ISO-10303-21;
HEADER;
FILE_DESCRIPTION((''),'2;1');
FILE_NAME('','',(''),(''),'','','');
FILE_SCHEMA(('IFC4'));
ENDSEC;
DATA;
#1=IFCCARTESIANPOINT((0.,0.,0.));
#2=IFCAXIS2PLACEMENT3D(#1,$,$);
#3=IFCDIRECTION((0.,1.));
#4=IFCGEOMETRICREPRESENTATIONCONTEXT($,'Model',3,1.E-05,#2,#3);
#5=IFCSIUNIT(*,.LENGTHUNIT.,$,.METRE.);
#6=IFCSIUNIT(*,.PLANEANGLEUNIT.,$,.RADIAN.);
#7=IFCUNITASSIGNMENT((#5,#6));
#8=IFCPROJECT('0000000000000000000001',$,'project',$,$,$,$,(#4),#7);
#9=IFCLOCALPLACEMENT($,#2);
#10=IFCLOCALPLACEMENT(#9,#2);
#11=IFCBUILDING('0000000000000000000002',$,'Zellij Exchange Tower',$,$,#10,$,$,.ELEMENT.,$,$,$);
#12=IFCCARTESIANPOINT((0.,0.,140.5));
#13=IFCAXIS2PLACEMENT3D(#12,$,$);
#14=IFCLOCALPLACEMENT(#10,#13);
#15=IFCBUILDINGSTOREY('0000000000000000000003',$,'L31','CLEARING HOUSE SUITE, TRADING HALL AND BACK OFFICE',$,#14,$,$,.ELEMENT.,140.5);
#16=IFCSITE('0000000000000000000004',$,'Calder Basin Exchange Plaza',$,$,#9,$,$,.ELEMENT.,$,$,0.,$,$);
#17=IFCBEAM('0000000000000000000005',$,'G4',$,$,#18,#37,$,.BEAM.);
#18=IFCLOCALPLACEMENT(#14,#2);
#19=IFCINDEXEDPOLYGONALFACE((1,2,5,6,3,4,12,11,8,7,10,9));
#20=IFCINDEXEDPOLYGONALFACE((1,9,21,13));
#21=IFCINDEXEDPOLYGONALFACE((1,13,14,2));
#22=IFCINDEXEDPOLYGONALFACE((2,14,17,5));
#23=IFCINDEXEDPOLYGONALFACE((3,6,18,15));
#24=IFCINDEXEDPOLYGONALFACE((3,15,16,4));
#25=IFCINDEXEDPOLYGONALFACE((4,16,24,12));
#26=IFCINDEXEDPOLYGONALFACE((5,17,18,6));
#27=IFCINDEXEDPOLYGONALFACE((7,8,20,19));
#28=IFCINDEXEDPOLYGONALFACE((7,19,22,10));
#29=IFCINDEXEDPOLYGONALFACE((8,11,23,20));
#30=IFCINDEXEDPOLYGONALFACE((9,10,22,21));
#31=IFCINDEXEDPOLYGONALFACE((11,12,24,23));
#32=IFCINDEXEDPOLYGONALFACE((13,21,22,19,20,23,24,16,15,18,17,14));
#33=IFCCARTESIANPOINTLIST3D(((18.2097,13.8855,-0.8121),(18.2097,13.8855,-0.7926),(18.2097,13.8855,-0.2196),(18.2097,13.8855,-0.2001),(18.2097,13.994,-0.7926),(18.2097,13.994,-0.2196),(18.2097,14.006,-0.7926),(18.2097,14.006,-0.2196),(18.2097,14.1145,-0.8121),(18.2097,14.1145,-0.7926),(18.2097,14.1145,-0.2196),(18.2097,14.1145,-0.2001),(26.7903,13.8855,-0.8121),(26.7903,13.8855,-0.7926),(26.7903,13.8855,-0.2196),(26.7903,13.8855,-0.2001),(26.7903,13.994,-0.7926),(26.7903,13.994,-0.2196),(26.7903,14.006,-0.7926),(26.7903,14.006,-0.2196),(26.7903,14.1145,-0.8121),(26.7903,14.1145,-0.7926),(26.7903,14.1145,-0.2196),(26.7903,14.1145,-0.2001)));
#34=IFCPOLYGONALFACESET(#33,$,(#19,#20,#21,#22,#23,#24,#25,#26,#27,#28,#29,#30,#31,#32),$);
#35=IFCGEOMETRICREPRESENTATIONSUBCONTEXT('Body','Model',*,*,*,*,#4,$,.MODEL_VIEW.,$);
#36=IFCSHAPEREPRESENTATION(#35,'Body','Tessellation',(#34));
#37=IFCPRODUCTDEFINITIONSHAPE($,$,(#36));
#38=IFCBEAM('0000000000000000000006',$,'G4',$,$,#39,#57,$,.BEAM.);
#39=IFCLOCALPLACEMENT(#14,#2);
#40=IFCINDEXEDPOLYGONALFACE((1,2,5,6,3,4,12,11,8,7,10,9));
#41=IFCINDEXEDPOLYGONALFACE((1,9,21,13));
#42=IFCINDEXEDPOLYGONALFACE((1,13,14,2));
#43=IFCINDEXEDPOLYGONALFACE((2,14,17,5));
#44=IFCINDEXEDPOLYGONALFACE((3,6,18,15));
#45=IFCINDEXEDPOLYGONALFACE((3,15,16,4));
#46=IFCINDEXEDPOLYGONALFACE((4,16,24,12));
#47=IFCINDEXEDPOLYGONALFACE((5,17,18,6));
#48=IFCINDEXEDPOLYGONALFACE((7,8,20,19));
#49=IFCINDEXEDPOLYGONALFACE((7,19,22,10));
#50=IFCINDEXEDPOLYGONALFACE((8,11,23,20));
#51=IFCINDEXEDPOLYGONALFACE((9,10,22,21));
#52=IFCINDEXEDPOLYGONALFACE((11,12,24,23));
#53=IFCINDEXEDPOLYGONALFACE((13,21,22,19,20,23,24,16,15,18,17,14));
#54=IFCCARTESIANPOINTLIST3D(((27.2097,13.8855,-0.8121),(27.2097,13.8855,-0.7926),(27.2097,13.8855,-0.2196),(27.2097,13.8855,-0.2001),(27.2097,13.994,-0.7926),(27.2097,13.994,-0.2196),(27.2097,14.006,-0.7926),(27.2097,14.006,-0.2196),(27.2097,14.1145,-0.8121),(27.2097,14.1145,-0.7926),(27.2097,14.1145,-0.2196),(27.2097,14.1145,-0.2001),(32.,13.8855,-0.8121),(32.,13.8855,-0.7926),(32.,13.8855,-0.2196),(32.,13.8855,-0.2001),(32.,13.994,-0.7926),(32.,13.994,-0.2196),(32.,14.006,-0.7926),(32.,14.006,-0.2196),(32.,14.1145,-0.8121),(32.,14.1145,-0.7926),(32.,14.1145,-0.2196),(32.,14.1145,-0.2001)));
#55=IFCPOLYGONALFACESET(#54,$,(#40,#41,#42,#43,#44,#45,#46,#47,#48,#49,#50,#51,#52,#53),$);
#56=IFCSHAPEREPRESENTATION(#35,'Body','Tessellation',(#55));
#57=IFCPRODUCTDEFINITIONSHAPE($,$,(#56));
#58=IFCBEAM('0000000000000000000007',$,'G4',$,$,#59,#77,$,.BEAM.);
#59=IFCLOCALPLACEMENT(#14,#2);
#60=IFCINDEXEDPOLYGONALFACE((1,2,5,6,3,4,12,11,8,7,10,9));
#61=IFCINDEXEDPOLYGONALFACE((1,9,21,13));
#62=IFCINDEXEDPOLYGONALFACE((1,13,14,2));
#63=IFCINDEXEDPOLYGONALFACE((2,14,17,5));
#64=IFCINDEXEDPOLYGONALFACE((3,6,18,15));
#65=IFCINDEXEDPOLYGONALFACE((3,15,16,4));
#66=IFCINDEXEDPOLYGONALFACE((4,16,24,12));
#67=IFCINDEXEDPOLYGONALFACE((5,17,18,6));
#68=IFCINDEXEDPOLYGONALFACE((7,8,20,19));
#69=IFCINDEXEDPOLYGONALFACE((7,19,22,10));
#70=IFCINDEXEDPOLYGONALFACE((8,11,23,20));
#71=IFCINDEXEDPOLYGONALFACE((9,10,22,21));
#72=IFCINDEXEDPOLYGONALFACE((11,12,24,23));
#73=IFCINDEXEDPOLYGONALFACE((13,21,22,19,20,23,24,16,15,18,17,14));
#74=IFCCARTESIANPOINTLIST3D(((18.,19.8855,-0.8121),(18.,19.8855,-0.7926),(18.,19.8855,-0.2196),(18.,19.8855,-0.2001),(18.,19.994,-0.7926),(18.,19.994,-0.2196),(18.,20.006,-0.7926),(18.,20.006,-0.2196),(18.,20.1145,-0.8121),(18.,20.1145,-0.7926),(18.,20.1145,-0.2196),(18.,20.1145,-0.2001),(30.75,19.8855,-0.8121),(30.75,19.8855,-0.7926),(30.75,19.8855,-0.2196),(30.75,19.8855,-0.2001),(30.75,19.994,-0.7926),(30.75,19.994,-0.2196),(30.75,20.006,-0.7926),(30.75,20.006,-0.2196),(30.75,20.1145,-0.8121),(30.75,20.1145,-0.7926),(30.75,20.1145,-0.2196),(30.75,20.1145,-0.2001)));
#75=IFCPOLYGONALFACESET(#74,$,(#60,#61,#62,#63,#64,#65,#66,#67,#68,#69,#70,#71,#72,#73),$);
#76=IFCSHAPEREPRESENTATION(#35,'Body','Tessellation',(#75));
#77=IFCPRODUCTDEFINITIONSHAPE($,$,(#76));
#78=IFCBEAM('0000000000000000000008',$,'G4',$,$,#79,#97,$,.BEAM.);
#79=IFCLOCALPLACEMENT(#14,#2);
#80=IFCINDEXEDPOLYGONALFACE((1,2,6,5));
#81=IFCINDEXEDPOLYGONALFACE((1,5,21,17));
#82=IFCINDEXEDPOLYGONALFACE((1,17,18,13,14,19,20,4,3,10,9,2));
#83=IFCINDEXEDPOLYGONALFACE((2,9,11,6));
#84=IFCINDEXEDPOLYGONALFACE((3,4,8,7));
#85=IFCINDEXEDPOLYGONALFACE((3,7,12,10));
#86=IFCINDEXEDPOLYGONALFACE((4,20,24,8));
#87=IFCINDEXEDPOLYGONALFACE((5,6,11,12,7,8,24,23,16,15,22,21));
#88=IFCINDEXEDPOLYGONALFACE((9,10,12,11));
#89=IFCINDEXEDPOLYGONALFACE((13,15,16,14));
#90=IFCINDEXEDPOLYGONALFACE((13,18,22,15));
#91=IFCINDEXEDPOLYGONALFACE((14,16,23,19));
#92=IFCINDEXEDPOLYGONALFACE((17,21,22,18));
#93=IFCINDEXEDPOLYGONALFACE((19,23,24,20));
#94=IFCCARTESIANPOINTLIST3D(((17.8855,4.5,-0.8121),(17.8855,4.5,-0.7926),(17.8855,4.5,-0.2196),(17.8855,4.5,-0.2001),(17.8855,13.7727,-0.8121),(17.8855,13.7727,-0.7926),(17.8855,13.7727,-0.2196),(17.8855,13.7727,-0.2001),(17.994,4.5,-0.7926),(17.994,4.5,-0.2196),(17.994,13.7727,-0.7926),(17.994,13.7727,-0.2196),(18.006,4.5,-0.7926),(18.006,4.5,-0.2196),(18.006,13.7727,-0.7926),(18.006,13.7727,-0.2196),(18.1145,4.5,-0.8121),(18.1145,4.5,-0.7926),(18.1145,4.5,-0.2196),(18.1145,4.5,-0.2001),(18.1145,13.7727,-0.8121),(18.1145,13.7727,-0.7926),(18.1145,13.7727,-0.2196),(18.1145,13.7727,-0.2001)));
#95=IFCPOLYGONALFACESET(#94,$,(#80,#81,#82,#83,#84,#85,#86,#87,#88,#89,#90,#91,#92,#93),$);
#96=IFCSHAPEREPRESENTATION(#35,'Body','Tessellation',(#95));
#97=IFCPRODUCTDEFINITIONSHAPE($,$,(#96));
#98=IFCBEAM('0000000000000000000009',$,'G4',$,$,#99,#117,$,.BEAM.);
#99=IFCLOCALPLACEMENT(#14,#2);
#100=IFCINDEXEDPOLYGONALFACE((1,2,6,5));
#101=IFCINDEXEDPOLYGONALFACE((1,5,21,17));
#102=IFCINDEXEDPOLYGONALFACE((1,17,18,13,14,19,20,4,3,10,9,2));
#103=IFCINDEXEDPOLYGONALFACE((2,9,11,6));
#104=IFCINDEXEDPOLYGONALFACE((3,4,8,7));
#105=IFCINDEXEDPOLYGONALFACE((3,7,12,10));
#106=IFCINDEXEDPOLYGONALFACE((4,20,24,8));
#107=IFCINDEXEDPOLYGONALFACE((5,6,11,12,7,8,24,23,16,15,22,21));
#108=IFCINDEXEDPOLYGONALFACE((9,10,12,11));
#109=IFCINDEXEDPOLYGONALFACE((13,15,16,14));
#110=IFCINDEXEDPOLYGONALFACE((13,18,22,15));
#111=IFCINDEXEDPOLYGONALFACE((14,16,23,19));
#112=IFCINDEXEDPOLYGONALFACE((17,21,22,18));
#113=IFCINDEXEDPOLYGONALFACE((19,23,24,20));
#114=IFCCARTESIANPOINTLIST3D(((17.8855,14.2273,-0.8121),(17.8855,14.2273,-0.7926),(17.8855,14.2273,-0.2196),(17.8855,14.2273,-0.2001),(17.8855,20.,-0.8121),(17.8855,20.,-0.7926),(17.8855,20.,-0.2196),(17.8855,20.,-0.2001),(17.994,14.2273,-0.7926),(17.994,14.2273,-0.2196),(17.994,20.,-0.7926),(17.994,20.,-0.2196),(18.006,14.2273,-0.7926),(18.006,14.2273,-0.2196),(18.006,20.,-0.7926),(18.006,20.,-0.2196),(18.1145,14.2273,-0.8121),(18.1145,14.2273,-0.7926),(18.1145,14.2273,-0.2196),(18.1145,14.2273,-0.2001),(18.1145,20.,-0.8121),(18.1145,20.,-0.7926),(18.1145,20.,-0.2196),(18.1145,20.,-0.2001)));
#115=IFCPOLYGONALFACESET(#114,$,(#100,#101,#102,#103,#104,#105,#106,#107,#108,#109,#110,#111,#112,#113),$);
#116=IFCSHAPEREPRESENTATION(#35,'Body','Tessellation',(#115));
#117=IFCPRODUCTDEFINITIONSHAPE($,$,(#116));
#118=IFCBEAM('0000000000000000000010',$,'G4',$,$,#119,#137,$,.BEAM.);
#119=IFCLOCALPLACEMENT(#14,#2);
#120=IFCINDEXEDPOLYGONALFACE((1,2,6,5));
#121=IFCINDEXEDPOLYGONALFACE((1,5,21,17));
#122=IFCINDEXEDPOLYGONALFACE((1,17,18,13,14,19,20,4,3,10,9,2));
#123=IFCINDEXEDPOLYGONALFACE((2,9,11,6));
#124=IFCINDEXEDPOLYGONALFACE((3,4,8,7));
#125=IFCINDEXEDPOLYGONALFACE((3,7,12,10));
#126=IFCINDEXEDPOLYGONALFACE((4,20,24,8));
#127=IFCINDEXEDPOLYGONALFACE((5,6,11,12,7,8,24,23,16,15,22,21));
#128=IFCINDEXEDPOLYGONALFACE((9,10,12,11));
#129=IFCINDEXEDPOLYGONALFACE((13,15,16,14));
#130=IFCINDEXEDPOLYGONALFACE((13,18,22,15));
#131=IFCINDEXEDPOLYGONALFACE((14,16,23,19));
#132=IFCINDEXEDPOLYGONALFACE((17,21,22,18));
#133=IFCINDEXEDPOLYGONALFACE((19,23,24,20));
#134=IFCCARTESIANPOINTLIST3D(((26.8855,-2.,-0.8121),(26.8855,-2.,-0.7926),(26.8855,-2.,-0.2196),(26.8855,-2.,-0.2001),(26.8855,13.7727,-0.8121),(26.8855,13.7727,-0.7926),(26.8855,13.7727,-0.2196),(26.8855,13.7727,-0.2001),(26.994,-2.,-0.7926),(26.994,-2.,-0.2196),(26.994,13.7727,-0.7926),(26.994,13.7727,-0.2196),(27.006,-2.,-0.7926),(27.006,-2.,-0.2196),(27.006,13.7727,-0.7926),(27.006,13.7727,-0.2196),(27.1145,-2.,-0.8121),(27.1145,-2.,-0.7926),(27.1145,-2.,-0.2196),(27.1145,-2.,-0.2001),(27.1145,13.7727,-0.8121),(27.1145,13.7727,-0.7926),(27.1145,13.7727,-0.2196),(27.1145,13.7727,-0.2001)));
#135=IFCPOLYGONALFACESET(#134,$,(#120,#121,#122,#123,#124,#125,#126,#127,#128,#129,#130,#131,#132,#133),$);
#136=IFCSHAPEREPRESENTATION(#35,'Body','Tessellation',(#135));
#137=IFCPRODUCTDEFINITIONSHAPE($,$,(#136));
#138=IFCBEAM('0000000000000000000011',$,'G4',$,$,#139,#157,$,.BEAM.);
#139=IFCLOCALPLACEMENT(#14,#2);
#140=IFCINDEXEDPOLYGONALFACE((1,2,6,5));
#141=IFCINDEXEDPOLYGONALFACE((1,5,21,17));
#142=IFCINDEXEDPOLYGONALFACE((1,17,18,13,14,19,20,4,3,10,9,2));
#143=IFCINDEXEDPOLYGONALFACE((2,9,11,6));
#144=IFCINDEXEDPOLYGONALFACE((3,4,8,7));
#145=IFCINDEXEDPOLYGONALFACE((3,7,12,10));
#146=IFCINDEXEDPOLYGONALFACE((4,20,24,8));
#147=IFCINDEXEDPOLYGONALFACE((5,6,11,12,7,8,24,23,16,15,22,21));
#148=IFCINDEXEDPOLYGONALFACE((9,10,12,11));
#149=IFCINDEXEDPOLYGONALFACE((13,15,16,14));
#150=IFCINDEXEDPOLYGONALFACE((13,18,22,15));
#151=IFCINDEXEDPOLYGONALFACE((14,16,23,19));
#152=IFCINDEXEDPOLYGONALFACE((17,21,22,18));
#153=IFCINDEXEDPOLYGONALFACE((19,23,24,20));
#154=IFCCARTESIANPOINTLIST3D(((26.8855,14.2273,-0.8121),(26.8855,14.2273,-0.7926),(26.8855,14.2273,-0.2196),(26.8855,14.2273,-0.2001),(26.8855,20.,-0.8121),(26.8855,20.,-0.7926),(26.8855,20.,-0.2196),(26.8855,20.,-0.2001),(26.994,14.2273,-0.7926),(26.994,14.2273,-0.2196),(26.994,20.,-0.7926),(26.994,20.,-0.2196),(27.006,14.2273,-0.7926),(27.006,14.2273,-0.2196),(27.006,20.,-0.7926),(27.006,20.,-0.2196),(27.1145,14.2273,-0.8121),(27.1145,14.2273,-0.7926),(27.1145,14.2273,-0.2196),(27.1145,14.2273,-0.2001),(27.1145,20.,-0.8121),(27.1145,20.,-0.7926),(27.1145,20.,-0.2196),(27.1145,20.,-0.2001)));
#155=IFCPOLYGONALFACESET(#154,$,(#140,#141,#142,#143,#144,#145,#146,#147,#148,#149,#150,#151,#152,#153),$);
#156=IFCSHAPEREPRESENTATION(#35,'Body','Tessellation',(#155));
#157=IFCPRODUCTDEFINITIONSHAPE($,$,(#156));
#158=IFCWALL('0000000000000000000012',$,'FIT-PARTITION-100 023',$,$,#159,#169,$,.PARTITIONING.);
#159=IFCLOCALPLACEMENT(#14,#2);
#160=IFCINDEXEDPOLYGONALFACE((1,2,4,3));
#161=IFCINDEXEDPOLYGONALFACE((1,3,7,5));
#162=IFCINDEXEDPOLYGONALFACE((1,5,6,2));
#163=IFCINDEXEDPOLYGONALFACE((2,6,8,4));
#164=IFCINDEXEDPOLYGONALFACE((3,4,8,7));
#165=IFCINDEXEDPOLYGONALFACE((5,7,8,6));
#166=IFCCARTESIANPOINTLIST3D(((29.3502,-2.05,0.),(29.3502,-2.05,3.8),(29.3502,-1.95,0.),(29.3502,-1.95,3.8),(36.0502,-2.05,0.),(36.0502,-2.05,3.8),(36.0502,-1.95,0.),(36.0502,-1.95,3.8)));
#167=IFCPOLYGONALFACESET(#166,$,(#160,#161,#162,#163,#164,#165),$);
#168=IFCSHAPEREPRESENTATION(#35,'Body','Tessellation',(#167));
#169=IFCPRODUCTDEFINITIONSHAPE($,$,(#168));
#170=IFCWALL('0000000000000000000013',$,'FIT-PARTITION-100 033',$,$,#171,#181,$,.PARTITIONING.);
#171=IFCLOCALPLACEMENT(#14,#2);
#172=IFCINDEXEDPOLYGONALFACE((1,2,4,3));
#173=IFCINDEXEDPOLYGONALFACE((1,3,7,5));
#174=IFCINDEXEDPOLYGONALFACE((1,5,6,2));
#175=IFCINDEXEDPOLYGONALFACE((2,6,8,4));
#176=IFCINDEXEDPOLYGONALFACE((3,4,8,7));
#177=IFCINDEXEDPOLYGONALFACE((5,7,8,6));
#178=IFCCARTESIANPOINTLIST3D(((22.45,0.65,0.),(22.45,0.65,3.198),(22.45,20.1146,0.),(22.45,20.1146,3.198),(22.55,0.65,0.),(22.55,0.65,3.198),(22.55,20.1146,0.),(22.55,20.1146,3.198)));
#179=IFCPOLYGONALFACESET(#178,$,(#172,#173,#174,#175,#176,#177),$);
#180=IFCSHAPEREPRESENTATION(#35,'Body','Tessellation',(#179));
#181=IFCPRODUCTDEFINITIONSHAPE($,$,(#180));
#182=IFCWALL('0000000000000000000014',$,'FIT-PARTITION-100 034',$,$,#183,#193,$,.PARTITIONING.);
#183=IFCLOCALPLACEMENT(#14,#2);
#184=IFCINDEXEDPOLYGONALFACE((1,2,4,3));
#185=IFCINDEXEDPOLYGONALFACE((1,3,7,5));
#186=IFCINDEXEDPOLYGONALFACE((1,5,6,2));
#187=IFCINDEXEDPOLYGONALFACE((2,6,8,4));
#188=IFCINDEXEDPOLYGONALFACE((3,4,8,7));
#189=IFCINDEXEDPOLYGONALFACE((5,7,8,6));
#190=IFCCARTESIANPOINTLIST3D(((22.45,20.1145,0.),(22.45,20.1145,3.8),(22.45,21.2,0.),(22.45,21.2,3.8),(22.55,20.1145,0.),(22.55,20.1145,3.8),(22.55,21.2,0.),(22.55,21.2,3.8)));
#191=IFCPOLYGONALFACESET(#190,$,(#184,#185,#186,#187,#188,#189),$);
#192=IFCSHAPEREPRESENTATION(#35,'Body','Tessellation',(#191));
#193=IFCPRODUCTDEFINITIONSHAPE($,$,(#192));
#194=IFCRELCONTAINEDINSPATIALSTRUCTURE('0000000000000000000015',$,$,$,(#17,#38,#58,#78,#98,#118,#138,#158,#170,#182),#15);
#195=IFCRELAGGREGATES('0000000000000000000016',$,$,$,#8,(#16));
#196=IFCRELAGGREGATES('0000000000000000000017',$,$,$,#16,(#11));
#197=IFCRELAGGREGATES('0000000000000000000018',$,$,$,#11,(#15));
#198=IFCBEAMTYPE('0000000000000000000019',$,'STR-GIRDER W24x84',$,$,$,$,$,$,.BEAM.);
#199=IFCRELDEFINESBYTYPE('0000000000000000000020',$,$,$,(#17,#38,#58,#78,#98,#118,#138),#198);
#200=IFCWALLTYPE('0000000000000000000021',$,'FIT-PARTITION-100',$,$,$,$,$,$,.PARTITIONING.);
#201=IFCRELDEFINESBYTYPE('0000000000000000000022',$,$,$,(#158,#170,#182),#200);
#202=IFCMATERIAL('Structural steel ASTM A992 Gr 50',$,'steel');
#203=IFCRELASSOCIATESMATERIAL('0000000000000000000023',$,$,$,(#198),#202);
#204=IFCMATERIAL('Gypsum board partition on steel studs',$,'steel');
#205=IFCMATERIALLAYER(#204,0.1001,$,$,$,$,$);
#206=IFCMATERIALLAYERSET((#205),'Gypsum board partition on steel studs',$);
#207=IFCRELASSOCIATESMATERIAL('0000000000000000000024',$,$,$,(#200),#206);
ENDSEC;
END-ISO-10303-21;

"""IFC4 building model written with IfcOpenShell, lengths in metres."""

from ifc_helpers import new_model, si_unit, direction, frame, frame_2d, origin, origin_2d, place, context, subcontext, project, spatial, rectangle, i_section, extrude, material, layer, layer_set, material_profile, profile_set, type_object, element, save


model = new_model("IFC4")

# Units and contexts
model_context = context("Model", 3, precision=1e-05, world=origin(), true_north=direction((0.0, 1.0)))
body_context = subcontext(model_context, "Body", "Model", "MODEL_VIEW")
ifc_project = project(units=[si_unit("LENGTHUNIT", "METRE"), si_unit("PLANEANGLEUNIT", "RADIAN")], contexts=[model_context])

# Site, building, storey
site_placement = place(None, origin())
site = spatial("IfcSite", under=ifc_project, at=site_placement, Name="Calder Basin Exchange Plaza", CompositionType="ELEMENT", RefElevation=0.0)
building_placement = place(site_placement, origin())
building = spatial("IfcBuilding", under=site, at=building_placement, Name="Zellij Exchange Tower", CompositionType="ELEMENT")
storey_placement = place(building_placement, frame((0.0, 0.0, 140.5)))
storey = spatial("IfcBuildingStorey", under=building, at=storey_placement, Name="L31", Description="CLEARING HOUSE SUITE, TRADING HALL AND BACK OFFICE", CompositionType="ELEMENT", Elevation=140.5)

# Beams
ifc_material_1 = material(Name="Structural steel ASTM A992 Gr 50", Category="steel")
ifc_material_profile_1 = material_profile(ifc_material_1, i_section(OverallWidth=0.229, OverallDepth=0.6121, WebThickness=0.012, FlangeThickness=0.0195, at=origin_2d()), Name="W24x84")
ifc_profile_set_1 = profile_set([ifc_material_profile_1], Name="Structural steel ASTM A992 Gr 50")
beam_type_1 = type_object("IfcBeamType", Name="STR-GIRDER W24x84", PredefinedType="BEAM", material=ifc_profile_set_1)
beam_1_placement = place(storey_placement, frame((18.2097, 14.0, -0.5061), z_axis=(1.0, 0.0, 0.0), x_axis=(0.0, 1.0, 0.0)))
element("IfcBeam", 1, at=beam_1_placement, inside=storey, type_object=beam_type_1, Name="G4", PredefinedType="BEAM", context=body_context, shape_type="SweptSolid", body=[
    extrude(i_section(OverallWidth=0.229, OverallDepth=0.6121, WebThickness=0.012, FlangeThickness=0.0195, at=origin_2d()), origin(), (0.0, 0.0, 1.0), 8.5806),
])
beam_2_placement = place(storey_placement, frame((27.2097, 14.0, -0.5061), z_axis=(1.0, 0.0, 0.0), x_axis=(0.0, 1.0, 0.0)))
element("IfcBeam", 2, at=beam_2_placement, inside=storey, type_object=beam_type_1, Name="G4", PredefinedType="BEAM", context=body_context, shape_type="SweptSolid", body=[
    extrude(i_section(OverallWidth=0.229, OverallDepth=0.6121, WebThickness=0.012, FlangeThickness=0.0195, at=origin_2d()), origin(), (0.0, 0.0, 1.0), 4.7903),
])
beam_3_placement = place(storey_placement, frame((18.0, 20.0, -0.5061), z_axis=(1.0, 0.0, 0.0), x_axis=(0.0, 1.0, 0.0)))
element("IfcBeam", 3, at=beam_3_placement, inside=storey, type_object=beam_type_1, Name="G4", PredefinedType="BEAM", context=body_context, shape_type="SweptSolid", body=[
    extrude(i_section(OverallWidth=0.229, OverallDepth=0.6121, WebThickness=0.012, FlangeThickness=0.0195, at=origin_2d()), origin(), (0.0, 0.0, 1.0), 12.75),
])
beam_4_placement = place(storey_placement, frame((18.0, 4.5, -0.5061), z_axis=(0.0, 1.0, 0.0), x_axis=(-1.0, 0.0, 0.0)))
element("IfcBeam", 4, at=beam_4_placement, inside=storey, type_object=beam_type_1, Name="G4", PredefinedType="BEAM", context=body_context, shape_type="SweptSolid", body=[
    extrude(i_section(OverallWidth=0.229, OverallDepth=0.6121, WebThickness=0.012, FlangeThickness=0.0195, at=origin_2d()), origin(), (0.0, 0.0, 1.0), 9.2727),
])
beam_5_placement = place(storey_placement, frame((18.0, 14.2273, -0.5061), z_axis=(0.0, 1.0, 0.0), x_axis=(-1.0, 0.0, 0.0)))
element("IfcBeam", 5, at=beam_5_placement, inside=storey, type_object=beam_type_1, Name="G4", PredefinedType="BEAM", context=body_context, shape_type="SweptSolid", body=[
    extrude(i_section(OverallWidth=0.229, OverallDepth=0.6121, WebThickness=0.012, FlangeThickness=0.0195, at=origin_2d()), origin(), (0.0, 0.0, 1.0), 5.7727),
])
beam_6_placement = place(storey_placement, frame((27.0, -2.0, -0.5061), z_axis=(0.0, 1.0, 0.0), x_axis=(-1.0, 0.0, 0.0)))
element("IfcBeam", 6, at=beam_6_placement, inside=storey, type_object=beam_type_1, Name="G4", PredefinedType="BEAM", context=body_context, shape_type="SweptSolid", body=[
    extrude(i_section(OverallWidth=0.229, OverallDepth=0.6121, WebThickness=0.012, FlangeThickness=0.0195, at=origin_2d()), origin(), (0.0, 0.0, 1.0), 15.7727),
])
beam_7_placement = place(storey_placement, frame((27.0, 14.2273, -0.5061), z_axis=(0.0, 1.0, 0.0), x_axis=(-1.0, 0.0, 0.0)))
element("IfcBeam", 7, at=beam_7_placement, inside=storey, type_object=beam_type_1, Name="G4", PredefinedType="BEAM", context=body_context, shape_type="SweptSolid", body=[
    extrude(i_section(OverallWidth=0.229, OverallDepth=0.6121, WebThickness=0.012, FlangeThickness=0.0195, at=origin_2d()), origin(), (0.0, 0.0, 1.0), 5.7727),
])

# Walls
ifc_material_2 = material(Name="Gypsum board partition on steel studs", Category="steel")
ifc_layer = layer(ifc_material_2, 0.1001)
ifc_layer_set = layer_set([ifc_layer], Name="Gypsum board partition on steel studs")
wall_type = type_object("IfcWallType", Name="FIT-PARTITION-100", PredefinedType="PARTITIONING", material=ifc_layer_set)
wall_1_placement = place(storey_placement, frame((29.3501, -2.0, 0.0), z_axis=(0.0, 0.0, 1.0), x_axis=(1.0, 0.0, 0.0)))
element("IfcWall", 8, at=wall_1_placement, inside=storey, type_object=wall_type, Name="FIT-PARTITION-100 023", PredefinedType="PARTITIONING", context=body_context, shape_type="SweptSolid", body=[
    extrude(rectangle(XDim=6.7, YDim=0.1001, at=frame_2d((3.3501, 0.0))), origin(), (0.0, 0.0, 1.0), 3.8),
])
wall_2_placement = place(storey_placement, frame((22.5, 0.6499, 0.0), z_axis=(0.0, 0.0, 1.0), x_axis=(0.0, 1.0, 0.0)))
element("IfcWall", 9, at=wall_2_placement, inside=storey, type_object=wall_type, Name="FIT-PARTITION-100 033", PredefinedType="PARTITIONING", context=body_context, shape_type="SweptSolid", body=[
    extrude(rectangle(XDim=19.4646, YDim=0.1001, at=frame_2d((9.7324, 0.0))), origin(), (0.0, 0.0, 1.0), 3.198),
])
wall_3_placement = place(storey_placement, frame((22.5, 20.1145, 0.0), z_axis=(0.0, 0.0, 1.0), x_axis=(0.0, 1.0, 0.0)))
element("IfcWall", 10, at=wall_3_placement, inside=storey, type_object=wall_type, Name="FIT-PARTITION-100 034", PredefinedType="PARTITIONING", context=body_context, shape_type="SweptSolid", body=[
    extrude(rectangle(XDim=1.0854, YDim=0.1001, at=frame_2d((0.5427, 0.0))), origin(), (0.0, 0.0, 1.0), 3.8),
])

save(model, "model.ifc")
